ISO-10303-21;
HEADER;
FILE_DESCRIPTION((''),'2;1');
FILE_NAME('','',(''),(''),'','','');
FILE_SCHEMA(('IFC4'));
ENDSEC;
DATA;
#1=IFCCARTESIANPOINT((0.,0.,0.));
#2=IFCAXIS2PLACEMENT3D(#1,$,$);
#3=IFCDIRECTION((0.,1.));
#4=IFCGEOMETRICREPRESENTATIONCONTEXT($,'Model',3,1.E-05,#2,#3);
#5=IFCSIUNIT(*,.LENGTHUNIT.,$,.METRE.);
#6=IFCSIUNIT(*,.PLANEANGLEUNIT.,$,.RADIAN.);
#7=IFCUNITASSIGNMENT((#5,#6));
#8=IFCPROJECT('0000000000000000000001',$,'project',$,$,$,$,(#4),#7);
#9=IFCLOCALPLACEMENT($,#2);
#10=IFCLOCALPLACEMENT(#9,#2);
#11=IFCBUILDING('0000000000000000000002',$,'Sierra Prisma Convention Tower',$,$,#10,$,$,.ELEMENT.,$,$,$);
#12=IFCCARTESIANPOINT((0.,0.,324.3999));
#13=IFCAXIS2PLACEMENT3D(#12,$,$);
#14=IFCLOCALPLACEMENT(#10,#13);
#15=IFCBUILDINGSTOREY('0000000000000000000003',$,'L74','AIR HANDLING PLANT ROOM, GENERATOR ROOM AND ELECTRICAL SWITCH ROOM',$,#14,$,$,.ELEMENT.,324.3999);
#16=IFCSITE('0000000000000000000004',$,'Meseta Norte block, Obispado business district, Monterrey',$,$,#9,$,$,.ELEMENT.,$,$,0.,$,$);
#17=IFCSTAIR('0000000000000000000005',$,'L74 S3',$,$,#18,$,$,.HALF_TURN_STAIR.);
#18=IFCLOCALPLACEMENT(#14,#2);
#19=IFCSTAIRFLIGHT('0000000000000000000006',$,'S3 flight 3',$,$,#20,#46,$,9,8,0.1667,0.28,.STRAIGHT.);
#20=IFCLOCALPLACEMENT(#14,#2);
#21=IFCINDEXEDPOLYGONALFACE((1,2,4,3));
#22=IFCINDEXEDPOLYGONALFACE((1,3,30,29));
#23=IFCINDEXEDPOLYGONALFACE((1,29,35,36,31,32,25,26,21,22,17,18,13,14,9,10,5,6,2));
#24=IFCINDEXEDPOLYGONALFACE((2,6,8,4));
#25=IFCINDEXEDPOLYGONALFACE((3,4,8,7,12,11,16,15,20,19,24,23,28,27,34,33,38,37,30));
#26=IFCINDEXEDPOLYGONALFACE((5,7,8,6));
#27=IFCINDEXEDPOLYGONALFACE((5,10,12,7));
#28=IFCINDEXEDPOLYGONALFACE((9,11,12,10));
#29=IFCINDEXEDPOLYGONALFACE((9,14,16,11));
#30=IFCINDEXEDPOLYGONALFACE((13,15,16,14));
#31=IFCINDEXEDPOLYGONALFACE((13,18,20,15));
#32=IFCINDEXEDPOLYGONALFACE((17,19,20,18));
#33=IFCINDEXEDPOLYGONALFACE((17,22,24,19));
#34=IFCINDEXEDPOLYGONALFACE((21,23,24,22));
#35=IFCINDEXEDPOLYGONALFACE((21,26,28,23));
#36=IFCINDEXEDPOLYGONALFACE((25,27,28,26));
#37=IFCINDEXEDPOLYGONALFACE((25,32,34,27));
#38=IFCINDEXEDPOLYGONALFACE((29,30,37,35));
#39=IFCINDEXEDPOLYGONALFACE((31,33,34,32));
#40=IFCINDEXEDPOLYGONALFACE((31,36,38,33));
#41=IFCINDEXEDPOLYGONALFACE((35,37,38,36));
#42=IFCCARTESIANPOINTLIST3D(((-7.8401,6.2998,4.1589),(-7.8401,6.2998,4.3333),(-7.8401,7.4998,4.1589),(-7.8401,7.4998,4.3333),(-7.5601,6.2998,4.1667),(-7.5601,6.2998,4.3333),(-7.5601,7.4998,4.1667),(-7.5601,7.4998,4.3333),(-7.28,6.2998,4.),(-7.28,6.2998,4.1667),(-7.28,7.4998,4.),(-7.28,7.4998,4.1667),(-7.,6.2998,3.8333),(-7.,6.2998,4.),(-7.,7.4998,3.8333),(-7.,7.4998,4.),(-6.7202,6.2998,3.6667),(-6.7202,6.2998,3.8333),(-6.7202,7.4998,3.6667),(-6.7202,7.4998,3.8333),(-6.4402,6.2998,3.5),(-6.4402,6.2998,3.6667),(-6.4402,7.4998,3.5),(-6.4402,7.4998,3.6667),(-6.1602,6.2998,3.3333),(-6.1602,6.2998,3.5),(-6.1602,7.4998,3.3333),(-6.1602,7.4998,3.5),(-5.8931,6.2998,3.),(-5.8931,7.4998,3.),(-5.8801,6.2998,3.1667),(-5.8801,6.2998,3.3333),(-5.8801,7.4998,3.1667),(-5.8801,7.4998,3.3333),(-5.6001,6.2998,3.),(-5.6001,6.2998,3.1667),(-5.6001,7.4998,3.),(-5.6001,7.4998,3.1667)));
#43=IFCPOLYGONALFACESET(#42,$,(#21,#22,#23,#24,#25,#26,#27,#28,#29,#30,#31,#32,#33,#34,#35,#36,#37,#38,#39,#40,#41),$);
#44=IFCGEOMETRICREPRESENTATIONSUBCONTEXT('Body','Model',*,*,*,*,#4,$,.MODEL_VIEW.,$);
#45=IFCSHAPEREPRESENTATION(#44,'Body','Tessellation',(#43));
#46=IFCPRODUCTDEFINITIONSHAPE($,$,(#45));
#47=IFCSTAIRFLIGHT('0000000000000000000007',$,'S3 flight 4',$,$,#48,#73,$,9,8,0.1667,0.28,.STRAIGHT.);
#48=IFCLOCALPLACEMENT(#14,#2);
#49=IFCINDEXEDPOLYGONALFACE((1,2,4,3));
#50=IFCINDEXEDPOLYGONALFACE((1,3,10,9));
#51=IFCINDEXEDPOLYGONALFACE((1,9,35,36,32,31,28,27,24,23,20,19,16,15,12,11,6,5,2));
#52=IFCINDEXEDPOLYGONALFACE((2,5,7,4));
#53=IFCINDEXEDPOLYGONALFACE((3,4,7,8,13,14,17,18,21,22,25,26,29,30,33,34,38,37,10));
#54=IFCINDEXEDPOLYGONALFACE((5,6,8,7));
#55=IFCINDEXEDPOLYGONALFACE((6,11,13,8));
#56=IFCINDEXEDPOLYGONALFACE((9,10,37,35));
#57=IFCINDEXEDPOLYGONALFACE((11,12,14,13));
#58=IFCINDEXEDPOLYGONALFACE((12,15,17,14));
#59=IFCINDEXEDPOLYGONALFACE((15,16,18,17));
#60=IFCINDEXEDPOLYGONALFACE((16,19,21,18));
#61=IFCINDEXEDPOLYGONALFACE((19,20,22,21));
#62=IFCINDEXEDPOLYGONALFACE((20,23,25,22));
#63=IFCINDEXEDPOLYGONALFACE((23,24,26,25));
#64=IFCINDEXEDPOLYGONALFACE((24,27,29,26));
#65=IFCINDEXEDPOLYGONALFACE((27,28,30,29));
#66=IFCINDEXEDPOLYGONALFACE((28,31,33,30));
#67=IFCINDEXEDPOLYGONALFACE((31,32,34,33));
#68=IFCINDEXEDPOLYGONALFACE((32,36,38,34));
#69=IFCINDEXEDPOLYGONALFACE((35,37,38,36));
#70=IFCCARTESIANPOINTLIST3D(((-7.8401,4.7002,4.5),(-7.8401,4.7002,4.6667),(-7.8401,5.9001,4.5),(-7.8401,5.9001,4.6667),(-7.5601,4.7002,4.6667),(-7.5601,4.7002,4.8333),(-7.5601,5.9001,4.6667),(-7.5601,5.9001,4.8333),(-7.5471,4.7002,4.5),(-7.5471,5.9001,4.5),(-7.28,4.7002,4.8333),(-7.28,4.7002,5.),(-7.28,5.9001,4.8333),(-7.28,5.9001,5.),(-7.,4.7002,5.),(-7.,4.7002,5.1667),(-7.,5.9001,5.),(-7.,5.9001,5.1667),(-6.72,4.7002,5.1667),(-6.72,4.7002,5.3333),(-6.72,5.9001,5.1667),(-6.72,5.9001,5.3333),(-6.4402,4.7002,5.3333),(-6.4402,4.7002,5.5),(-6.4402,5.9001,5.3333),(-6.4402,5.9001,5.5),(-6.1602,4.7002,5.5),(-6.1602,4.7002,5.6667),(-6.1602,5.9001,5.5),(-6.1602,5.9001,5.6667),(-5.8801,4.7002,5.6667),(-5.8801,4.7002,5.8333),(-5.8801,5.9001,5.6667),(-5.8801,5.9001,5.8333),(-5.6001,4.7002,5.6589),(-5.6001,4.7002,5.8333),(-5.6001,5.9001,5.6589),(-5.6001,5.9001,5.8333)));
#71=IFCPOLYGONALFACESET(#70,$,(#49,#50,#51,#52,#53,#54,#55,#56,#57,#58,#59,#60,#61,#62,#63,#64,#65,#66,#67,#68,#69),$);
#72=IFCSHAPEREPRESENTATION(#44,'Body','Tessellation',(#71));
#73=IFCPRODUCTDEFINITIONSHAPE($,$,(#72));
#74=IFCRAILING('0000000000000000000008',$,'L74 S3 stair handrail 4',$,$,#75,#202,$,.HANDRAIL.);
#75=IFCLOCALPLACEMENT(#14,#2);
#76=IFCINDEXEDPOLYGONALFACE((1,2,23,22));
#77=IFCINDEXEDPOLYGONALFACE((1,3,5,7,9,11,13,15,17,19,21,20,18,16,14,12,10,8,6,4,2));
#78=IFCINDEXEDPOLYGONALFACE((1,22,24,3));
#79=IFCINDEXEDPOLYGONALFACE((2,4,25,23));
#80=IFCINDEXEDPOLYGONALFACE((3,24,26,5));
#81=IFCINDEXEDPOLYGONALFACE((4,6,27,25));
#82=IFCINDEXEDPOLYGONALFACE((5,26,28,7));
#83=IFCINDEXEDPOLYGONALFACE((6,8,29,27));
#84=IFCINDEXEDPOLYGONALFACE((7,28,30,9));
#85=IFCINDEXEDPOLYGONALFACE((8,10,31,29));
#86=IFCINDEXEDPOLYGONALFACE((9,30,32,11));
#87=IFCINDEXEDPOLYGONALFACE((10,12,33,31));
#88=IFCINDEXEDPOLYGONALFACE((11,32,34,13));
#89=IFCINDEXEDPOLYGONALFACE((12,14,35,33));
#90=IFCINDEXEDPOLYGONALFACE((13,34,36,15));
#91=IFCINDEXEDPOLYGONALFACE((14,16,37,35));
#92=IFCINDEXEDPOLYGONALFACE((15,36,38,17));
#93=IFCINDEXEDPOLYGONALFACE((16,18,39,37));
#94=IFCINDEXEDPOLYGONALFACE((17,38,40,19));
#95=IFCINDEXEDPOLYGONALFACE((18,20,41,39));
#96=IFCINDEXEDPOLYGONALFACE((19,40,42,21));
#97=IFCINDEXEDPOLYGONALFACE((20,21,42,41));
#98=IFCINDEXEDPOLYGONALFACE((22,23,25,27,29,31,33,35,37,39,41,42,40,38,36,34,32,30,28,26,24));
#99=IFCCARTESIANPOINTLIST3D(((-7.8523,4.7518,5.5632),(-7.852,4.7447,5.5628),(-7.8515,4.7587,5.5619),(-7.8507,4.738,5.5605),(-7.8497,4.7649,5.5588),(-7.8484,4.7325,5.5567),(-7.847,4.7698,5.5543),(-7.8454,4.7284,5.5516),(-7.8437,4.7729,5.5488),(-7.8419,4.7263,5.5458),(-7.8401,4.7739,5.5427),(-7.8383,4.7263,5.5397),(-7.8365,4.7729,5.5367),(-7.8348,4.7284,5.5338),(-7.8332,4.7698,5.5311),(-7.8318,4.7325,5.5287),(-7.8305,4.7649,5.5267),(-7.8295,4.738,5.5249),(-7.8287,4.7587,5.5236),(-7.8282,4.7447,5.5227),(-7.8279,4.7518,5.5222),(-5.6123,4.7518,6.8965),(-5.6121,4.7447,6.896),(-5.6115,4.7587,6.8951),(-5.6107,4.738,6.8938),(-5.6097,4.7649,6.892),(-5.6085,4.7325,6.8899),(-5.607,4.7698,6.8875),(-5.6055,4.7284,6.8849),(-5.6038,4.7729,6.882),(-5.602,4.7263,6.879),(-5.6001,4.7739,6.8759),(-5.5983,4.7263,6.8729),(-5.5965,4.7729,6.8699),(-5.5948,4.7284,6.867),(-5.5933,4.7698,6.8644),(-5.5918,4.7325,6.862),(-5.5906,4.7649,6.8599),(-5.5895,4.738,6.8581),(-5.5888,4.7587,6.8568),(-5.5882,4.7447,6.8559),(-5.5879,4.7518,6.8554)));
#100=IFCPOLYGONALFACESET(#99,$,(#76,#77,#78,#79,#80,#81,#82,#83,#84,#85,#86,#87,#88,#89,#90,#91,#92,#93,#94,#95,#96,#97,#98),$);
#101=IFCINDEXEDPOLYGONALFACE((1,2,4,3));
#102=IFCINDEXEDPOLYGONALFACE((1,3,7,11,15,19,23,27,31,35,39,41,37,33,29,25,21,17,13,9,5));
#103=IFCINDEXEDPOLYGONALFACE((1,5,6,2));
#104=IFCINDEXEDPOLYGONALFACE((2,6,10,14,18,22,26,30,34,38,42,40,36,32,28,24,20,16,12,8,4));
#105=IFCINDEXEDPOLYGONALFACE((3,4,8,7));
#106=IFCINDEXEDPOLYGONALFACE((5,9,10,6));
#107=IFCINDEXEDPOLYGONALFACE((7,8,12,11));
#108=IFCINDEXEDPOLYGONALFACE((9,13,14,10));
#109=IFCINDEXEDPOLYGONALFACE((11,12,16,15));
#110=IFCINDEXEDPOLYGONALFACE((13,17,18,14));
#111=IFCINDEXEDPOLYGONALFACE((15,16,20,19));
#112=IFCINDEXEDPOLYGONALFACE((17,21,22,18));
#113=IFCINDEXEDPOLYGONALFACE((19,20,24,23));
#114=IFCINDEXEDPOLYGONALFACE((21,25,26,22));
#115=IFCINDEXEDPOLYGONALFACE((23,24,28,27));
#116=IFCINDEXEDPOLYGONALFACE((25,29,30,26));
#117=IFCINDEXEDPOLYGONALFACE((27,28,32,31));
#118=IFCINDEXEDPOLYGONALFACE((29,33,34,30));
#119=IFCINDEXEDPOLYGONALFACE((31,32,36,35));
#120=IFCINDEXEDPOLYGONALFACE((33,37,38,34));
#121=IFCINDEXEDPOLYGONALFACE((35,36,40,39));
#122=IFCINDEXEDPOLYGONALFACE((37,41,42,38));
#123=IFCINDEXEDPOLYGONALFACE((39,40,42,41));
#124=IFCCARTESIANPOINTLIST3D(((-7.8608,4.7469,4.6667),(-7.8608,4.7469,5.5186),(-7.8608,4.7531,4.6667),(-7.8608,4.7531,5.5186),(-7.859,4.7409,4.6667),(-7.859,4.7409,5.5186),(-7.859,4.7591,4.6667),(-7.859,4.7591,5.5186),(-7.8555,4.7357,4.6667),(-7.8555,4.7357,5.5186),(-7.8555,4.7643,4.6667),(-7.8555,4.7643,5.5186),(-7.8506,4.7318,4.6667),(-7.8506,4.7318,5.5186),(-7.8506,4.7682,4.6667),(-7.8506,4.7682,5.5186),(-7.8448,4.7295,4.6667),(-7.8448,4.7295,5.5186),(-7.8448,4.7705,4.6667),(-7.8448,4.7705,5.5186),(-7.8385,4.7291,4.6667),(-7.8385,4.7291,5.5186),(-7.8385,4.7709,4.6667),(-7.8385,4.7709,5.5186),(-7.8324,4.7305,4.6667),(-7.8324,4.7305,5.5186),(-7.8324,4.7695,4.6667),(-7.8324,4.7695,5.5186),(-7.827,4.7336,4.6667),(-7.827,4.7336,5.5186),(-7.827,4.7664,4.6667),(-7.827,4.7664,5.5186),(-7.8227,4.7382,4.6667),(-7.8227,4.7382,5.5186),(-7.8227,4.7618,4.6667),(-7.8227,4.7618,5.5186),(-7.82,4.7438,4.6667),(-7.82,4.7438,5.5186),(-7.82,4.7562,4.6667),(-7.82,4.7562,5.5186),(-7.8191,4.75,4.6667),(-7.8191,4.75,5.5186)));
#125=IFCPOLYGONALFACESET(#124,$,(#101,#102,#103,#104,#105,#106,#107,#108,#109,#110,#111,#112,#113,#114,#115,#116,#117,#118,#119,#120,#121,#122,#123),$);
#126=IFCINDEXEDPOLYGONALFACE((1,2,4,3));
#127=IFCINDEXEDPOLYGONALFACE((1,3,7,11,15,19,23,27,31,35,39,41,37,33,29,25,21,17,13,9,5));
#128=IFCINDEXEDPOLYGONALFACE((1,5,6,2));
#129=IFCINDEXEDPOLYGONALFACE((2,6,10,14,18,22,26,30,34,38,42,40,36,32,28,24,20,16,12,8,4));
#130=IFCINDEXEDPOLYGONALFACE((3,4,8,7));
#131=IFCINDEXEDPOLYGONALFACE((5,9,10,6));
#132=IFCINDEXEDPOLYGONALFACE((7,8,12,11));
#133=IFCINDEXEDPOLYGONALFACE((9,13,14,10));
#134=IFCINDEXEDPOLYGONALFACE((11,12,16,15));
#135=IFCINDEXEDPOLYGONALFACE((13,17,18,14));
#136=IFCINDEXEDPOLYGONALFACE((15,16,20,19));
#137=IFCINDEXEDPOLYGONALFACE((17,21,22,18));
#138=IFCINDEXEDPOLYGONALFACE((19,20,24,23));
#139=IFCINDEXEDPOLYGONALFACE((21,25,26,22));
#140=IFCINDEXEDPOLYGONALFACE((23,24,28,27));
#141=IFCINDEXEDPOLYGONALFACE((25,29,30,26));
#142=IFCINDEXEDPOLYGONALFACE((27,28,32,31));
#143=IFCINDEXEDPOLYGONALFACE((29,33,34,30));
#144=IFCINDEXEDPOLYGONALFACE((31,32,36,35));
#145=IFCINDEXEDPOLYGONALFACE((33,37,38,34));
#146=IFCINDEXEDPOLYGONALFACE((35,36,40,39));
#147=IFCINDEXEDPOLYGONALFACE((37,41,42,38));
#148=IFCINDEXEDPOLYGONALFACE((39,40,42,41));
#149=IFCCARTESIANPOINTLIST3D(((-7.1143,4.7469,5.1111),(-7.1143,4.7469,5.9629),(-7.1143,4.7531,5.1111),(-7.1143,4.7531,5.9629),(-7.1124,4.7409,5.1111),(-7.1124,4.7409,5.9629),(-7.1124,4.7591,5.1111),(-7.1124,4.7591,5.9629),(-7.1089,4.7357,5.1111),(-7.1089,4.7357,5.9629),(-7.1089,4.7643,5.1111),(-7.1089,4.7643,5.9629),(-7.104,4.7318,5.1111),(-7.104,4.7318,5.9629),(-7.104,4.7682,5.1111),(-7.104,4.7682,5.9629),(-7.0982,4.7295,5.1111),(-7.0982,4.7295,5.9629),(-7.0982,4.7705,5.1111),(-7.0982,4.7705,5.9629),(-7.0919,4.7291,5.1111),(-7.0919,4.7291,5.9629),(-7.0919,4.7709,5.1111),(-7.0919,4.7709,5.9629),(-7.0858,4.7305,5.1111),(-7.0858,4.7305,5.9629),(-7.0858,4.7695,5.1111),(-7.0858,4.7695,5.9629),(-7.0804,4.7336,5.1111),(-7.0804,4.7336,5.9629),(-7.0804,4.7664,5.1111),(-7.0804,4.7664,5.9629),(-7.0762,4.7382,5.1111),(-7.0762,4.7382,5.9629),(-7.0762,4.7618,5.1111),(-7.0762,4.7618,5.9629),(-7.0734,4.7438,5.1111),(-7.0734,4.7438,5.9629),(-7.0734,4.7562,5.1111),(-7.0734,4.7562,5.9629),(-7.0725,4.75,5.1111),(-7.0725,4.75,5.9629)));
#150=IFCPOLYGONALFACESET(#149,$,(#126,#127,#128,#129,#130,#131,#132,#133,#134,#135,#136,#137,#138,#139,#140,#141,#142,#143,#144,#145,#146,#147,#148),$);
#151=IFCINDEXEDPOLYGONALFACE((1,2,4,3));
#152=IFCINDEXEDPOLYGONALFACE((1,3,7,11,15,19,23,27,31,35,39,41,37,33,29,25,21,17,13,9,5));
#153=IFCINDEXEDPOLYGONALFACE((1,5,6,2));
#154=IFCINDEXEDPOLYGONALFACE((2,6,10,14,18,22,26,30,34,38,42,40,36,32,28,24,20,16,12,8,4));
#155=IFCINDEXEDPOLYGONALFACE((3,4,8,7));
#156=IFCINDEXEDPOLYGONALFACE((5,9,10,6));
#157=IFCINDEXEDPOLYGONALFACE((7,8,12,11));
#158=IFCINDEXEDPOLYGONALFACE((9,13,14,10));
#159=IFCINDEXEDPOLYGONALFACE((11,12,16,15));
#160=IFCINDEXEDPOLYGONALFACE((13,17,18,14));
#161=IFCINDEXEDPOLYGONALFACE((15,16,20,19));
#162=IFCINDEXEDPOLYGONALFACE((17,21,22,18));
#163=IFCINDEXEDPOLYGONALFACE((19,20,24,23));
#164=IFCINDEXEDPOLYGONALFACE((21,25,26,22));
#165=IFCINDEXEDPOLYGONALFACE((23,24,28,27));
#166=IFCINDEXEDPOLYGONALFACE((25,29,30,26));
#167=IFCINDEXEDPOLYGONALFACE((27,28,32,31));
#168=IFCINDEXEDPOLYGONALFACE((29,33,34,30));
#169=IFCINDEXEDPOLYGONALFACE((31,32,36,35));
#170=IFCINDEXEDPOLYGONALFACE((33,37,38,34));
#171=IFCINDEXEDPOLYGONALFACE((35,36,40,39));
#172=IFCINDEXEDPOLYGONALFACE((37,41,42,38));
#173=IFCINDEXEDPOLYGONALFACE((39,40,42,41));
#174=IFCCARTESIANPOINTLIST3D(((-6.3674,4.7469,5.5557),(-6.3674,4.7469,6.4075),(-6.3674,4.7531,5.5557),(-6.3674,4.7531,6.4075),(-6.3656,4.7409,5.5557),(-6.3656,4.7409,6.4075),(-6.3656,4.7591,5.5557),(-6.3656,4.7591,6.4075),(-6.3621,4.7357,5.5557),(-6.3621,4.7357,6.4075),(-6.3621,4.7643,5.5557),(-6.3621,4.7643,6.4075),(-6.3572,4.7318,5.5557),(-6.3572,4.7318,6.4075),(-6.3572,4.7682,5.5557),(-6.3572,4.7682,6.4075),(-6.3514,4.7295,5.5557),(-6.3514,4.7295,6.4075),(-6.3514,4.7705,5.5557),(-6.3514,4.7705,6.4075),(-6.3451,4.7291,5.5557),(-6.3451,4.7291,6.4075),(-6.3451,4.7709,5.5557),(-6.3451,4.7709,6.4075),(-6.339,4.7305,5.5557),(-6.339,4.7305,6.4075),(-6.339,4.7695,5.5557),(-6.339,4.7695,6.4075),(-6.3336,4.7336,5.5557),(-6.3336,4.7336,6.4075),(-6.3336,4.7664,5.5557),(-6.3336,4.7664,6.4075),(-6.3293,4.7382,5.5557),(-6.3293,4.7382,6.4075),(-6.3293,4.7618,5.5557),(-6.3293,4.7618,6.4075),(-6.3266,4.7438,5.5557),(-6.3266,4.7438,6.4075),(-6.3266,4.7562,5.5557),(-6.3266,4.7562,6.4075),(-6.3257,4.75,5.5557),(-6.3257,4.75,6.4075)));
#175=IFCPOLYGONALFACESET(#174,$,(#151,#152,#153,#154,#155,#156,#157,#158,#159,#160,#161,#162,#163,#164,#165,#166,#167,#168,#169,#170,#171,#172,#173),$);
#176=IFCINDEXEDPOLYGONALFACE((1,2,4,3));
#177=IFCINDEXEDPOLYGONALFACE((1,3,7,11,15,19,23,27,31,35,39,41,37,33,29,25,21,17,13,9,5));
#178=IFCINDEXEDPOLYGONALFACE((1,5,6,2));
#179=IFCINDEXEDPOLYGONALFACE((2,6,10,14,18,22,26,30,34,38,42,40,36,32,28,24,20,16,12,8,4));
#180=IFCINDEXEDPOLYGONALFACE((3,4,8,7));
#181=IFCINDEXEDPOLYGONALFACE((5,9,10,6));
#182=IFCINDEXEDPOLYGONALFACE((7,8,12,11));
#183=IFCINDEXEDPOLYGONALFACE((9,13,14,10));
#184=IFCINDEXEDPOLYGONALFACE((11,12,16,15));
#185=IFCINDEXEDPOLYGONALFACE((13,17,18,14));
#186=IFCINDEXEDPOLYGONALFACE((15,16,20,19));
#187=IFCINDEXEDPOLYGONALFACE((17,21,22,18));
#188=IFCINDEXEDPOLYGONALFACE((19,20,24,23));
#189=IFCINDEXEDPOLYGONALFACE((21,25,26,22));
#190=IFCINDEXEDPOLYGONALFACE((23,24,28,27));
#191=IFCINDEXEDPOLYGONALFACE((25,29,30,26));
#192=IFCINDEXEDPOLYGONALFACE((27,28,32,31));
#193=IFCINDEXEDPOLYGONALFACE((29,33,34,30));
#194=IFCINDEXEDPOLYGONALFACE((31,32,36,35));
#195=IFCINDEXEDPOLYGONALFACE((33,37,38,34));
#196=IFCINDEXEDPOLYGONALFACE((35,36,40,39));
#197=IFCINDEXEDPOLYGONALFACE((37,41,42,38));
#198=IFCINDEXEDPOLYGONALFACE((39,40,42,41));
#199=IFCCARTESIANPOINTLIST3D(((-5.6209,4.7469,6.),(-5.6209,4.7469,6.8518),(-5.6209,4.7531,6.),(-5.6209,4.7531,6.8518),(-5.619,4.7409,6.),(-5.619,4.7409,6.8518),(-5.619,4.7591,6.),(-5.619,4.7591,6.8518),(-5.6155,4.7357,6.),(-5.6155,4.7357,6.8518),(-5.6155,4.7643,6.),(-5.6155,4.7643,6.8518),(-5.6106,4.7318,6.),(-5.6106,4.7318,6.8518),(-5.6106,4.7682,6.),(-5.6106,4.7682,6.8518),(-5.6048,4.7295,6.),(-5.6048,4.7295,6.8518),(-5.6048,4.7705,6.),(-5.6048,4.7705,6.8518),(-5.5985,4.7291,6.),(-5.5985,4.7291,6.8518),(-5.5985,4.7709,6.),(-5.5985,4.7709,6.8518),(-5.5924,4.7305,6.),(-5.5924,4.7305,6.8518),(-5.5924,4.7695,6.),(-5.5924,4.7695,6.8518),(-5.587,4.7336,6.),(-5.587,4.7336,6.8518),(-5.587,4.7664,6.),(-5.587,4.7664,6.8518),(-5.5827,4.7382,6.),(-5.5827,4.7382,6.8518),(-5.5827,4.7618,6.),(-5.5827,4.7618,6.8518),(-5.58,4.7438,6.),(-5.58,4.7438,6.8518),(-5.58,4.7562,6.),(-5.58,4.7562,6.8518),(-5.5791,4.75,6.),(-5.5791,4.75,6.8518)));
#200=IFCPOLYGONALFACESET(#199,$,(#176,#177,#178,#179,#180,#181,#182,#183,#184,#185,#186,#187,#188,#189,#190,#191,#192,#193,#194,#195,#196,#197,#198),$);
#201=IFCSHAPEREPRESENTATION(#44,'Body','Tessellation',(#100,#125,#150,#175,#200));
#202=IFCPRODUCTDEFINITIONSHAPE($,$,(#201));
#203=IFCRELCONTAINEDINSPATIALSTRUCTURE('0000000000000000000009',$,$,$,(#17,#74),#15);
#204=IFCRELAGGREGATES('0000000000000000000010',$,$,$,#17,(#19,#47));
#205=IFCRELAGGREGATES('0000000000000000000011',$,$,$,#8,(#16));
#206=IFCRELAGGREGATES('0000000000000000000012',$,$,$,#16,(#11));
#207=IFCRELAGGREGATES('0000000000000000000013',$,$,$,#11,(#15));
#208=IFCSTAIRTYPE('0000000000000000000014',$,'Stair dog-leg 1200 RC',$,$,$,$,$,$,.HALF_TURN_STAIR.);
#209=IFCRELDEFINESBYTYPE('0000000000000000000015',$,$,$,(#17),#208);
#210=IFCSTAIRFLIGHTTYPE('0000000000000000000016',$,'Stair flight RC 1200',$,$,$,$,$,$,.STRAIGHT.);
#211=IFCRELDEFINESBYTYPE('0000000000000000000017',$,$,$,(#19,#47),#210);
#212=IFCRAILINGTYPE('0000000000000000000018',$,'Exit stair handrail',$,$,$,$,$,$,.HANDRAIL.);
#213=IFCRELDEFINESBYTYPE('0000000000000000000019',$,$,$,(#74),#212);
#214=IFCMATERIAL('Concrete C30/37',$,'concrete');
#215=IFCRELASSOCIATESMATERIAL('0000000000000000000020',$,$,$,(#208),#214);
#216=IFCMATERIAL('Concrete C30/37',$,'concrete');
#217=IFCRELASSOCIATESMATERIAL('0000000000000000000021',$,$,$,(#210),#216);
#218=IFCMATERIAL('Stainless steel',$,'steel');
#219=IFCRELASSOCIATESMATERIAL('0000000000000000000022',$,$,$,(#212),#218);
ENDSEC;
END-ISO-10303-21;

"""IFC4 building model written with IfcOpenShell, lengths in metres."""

from ifc_helpers import new_model, si_unit, direction, frame, origin, origin_2d, place, context, subcontext, project, spatial, polyline, circle, outline, extrude, material, type_object, element, aggregate, save


model = new_model("IFC4")

# Units and contexts
model_context = context("Model", 3, precision=1e-05, world=origin(), true_north=direction((0.0, 1.0)))
body_context = subcontext(model_context, "Body", "Model", "MODEL_VIEW")
ifc_project = project(units=[si_unit("LENGTHUNIT", "METRE"), si_unit("PLANEANGLEUNIT", "RADIAN")], contexts=[model_context])

# Site, building, storey
site_placement = place(None, origin())
site = spatial("IfcSite", under=ifc_project, at=site_placement, Name="Meseta Norte block, Obispado business district, Monterrey", CompositionType="ELEMENT", RefElevation=0.0)
building_placement = place(site_placement, origin())
building = spatial("IfcBuilding", under=site, at=building_placement, Name="Sierra Prisma Convention Tower", CompositionType="ELEMENT")
storey_placement = place(building_placement, frame((0.0, 0.0, 324.3999)))
storey = spatial("IfcBuildingStorey", under=building, at=storey_placement, Name="L74", Description="AIR HANDLING PLANT ROOM, GENERATOR ROOM AND ELECTRICAL SWITCH ROOM", CompositionType="ELEMENT", Elevation=324.3999)

# Stair, stair flights
ifc_material_1 = material(Name="Concrete C30/37", Category="concrete")
stair_type = type_object("IfcStairType", Name="Stair dog-leg 1200 RC", PredefinedType="HALF_TURN_STAIR", material=ifc_material_1)
stair_placement = place(storey_placement, origin())
stair = element("IfcStair", 1, at=stair_placement, inside=storey, type_object=stair_type, Name="L74 S3", PredefinedType="HALF_TURN_STAIR")
ifc_material_2 = material(Name="Concrete C30/37", Category="concrete")
stair_flight_type = type_object("IfcStairFlightType", Name="Stair flight RC 1200", PredefinedType="STRAIGHT", material=ifc_material_2)
stair_flight_1_placement = place(storey_placement, frame((-5.6001, 6.8999, 3.0), z_axis=(0.0, 0.0, 1.0), x_axis=(-1.0, 0.0, 0.0)))
stair_flight_1 = element("IfcStairFlight", 2, at=stair_flight_1_placement, type_object=stair_flight_type, Name="S3 flight 3", NumberOfRisers=9, NumberOfTreads=8, PredefinedType="STRAIGHT", RiserHeight=0.1667, TreadLength=0.28, context=body_context, shape_type="SweptSolid", body=[
    extrude(outline(polyline([(0.0, 0.0), (0.0, 0.1667), (0.28, 0.1667), (0.28, 0.3333), (0.5601, 0.3333), (0.5601, 0.5), (0.8401, 0.5), (0.8401, 0.6667), (1.1201, 0.6667), (1.1201, 0.8333), (1.3999, 0.8333), (1.3999, 1.0), (1.6799, 1.0), (1.6799, 1.1667), (1.96, 1.1667), (1.96, 1.3333), (2.24, 1.3333), (2.24, 1.5), (2.24, 1.1589), (0.293, 0.0), (0.0, 0.0)])), frame((0.0, 0.6001, 0.0), z_axis=(0.0, -1.0, 0.0), x_axis=(1.0, 0.0, 0.0)), (0.0, 0.0, 1.0), 1.2),
])
stair_flight_2_placement = place(storey_placement, frame((-7.8401, 5.3, 4.5), z_axis=(0.0, 0.0, 1.0), x_axis=(1.0, 0.0, 0.0)))
stair_flight_2 = element("IfcStairFlight", 3, at=stair_flight_2_placement, type_object=stair_flight_type, Name="S3 flight 4", NumberOfRisers=9, NumberOfTreads=8, PredefinedType="STRAIGHT", RiserHeight=0.1667, TreadLength=0.28, context=body_context, shape_type="SweptSolid", body=[
    extrude(outline(polyline([(0.0, 0.0), (0.0, 0.1667), (0.28, 0.1667), (0.28, 0.3333), (0.5601, 0.3333), (0.5601, 0.5), (0.8401, 0.5), (0.8401, 0.6667), (1.1201, 0.6667), (1.1201, 0.8333), (1.3999, 0.8333), (1.3999, 1.0), (1.6799, 1.0), (1.6799, 1.1667), (1.96, 1.1667), (1.96, 1.3333), (2.24, 1.3333), (2.24, 1.5), (2.24, 1.1589), (0.293, 0.0), (0.0, 0.0)])), frame((0.0, 0.6001, 0.0), z_axis=(0.0, -1.0, 0.0), x_axis=(1.0, 0.0, 0.0)), (0.0, 0.0, 1.0), 1.2),
])
aggregate(stair, [stair_flight_1, stair_flight_2])

# Railing
ifc_material_3 = material(Name="Stainless steel", Category="steel")
railing_type_1 = type_object("IfcRailingType", Name="Exit stair handrail", PredefinedType="HANDRAIL", material=ifc_material_3)
railing_1_placement = place(storey_placement, frame((-7.8401, 4.75, 4.6667)))
element("IfcRailing", 4, at=railing_1_placement, inside=storey, type_object=railing_type_1, Name="L74 S3 stair handrail 4", PredefinedType="HANDRAIL", context=body_context, shape_type="SweptSolid", body=[
    extrude(circle(Radius=0.0239, at=origin_2d()), frame((0.0, 0.0, 0.876), z_axis=(0.859306, 0.0, 0.511462), x_axis=(0.0, 1.0, 0.0)), (0.0, 0.0, 1.0), 2.6067),
    extrude(circle(Radius=0.021, at=origin_2d()), origin(), (0.0, 0.0, 1.0), 0.8518),
    extrude(circle(Radius=0.021, at=origin_2d()), frame((0.7466, 0.0, 0.4443)), (0.0, 0.0, 1.0), 0.8518),
    extrude(circle(Radius=0.021, at=origin_2d()), frame((1.4934, 0.0, 0.8889)), (0.0, 0.0, 1.0), 0.8518),
    extrude(circle(Radius=0.021, at=origin_2d()), frame((2.24, 0.0, 1.3333)), (0.0, 0.0, 1.0), 0.8518),
])

save(model, "model.ifc")
